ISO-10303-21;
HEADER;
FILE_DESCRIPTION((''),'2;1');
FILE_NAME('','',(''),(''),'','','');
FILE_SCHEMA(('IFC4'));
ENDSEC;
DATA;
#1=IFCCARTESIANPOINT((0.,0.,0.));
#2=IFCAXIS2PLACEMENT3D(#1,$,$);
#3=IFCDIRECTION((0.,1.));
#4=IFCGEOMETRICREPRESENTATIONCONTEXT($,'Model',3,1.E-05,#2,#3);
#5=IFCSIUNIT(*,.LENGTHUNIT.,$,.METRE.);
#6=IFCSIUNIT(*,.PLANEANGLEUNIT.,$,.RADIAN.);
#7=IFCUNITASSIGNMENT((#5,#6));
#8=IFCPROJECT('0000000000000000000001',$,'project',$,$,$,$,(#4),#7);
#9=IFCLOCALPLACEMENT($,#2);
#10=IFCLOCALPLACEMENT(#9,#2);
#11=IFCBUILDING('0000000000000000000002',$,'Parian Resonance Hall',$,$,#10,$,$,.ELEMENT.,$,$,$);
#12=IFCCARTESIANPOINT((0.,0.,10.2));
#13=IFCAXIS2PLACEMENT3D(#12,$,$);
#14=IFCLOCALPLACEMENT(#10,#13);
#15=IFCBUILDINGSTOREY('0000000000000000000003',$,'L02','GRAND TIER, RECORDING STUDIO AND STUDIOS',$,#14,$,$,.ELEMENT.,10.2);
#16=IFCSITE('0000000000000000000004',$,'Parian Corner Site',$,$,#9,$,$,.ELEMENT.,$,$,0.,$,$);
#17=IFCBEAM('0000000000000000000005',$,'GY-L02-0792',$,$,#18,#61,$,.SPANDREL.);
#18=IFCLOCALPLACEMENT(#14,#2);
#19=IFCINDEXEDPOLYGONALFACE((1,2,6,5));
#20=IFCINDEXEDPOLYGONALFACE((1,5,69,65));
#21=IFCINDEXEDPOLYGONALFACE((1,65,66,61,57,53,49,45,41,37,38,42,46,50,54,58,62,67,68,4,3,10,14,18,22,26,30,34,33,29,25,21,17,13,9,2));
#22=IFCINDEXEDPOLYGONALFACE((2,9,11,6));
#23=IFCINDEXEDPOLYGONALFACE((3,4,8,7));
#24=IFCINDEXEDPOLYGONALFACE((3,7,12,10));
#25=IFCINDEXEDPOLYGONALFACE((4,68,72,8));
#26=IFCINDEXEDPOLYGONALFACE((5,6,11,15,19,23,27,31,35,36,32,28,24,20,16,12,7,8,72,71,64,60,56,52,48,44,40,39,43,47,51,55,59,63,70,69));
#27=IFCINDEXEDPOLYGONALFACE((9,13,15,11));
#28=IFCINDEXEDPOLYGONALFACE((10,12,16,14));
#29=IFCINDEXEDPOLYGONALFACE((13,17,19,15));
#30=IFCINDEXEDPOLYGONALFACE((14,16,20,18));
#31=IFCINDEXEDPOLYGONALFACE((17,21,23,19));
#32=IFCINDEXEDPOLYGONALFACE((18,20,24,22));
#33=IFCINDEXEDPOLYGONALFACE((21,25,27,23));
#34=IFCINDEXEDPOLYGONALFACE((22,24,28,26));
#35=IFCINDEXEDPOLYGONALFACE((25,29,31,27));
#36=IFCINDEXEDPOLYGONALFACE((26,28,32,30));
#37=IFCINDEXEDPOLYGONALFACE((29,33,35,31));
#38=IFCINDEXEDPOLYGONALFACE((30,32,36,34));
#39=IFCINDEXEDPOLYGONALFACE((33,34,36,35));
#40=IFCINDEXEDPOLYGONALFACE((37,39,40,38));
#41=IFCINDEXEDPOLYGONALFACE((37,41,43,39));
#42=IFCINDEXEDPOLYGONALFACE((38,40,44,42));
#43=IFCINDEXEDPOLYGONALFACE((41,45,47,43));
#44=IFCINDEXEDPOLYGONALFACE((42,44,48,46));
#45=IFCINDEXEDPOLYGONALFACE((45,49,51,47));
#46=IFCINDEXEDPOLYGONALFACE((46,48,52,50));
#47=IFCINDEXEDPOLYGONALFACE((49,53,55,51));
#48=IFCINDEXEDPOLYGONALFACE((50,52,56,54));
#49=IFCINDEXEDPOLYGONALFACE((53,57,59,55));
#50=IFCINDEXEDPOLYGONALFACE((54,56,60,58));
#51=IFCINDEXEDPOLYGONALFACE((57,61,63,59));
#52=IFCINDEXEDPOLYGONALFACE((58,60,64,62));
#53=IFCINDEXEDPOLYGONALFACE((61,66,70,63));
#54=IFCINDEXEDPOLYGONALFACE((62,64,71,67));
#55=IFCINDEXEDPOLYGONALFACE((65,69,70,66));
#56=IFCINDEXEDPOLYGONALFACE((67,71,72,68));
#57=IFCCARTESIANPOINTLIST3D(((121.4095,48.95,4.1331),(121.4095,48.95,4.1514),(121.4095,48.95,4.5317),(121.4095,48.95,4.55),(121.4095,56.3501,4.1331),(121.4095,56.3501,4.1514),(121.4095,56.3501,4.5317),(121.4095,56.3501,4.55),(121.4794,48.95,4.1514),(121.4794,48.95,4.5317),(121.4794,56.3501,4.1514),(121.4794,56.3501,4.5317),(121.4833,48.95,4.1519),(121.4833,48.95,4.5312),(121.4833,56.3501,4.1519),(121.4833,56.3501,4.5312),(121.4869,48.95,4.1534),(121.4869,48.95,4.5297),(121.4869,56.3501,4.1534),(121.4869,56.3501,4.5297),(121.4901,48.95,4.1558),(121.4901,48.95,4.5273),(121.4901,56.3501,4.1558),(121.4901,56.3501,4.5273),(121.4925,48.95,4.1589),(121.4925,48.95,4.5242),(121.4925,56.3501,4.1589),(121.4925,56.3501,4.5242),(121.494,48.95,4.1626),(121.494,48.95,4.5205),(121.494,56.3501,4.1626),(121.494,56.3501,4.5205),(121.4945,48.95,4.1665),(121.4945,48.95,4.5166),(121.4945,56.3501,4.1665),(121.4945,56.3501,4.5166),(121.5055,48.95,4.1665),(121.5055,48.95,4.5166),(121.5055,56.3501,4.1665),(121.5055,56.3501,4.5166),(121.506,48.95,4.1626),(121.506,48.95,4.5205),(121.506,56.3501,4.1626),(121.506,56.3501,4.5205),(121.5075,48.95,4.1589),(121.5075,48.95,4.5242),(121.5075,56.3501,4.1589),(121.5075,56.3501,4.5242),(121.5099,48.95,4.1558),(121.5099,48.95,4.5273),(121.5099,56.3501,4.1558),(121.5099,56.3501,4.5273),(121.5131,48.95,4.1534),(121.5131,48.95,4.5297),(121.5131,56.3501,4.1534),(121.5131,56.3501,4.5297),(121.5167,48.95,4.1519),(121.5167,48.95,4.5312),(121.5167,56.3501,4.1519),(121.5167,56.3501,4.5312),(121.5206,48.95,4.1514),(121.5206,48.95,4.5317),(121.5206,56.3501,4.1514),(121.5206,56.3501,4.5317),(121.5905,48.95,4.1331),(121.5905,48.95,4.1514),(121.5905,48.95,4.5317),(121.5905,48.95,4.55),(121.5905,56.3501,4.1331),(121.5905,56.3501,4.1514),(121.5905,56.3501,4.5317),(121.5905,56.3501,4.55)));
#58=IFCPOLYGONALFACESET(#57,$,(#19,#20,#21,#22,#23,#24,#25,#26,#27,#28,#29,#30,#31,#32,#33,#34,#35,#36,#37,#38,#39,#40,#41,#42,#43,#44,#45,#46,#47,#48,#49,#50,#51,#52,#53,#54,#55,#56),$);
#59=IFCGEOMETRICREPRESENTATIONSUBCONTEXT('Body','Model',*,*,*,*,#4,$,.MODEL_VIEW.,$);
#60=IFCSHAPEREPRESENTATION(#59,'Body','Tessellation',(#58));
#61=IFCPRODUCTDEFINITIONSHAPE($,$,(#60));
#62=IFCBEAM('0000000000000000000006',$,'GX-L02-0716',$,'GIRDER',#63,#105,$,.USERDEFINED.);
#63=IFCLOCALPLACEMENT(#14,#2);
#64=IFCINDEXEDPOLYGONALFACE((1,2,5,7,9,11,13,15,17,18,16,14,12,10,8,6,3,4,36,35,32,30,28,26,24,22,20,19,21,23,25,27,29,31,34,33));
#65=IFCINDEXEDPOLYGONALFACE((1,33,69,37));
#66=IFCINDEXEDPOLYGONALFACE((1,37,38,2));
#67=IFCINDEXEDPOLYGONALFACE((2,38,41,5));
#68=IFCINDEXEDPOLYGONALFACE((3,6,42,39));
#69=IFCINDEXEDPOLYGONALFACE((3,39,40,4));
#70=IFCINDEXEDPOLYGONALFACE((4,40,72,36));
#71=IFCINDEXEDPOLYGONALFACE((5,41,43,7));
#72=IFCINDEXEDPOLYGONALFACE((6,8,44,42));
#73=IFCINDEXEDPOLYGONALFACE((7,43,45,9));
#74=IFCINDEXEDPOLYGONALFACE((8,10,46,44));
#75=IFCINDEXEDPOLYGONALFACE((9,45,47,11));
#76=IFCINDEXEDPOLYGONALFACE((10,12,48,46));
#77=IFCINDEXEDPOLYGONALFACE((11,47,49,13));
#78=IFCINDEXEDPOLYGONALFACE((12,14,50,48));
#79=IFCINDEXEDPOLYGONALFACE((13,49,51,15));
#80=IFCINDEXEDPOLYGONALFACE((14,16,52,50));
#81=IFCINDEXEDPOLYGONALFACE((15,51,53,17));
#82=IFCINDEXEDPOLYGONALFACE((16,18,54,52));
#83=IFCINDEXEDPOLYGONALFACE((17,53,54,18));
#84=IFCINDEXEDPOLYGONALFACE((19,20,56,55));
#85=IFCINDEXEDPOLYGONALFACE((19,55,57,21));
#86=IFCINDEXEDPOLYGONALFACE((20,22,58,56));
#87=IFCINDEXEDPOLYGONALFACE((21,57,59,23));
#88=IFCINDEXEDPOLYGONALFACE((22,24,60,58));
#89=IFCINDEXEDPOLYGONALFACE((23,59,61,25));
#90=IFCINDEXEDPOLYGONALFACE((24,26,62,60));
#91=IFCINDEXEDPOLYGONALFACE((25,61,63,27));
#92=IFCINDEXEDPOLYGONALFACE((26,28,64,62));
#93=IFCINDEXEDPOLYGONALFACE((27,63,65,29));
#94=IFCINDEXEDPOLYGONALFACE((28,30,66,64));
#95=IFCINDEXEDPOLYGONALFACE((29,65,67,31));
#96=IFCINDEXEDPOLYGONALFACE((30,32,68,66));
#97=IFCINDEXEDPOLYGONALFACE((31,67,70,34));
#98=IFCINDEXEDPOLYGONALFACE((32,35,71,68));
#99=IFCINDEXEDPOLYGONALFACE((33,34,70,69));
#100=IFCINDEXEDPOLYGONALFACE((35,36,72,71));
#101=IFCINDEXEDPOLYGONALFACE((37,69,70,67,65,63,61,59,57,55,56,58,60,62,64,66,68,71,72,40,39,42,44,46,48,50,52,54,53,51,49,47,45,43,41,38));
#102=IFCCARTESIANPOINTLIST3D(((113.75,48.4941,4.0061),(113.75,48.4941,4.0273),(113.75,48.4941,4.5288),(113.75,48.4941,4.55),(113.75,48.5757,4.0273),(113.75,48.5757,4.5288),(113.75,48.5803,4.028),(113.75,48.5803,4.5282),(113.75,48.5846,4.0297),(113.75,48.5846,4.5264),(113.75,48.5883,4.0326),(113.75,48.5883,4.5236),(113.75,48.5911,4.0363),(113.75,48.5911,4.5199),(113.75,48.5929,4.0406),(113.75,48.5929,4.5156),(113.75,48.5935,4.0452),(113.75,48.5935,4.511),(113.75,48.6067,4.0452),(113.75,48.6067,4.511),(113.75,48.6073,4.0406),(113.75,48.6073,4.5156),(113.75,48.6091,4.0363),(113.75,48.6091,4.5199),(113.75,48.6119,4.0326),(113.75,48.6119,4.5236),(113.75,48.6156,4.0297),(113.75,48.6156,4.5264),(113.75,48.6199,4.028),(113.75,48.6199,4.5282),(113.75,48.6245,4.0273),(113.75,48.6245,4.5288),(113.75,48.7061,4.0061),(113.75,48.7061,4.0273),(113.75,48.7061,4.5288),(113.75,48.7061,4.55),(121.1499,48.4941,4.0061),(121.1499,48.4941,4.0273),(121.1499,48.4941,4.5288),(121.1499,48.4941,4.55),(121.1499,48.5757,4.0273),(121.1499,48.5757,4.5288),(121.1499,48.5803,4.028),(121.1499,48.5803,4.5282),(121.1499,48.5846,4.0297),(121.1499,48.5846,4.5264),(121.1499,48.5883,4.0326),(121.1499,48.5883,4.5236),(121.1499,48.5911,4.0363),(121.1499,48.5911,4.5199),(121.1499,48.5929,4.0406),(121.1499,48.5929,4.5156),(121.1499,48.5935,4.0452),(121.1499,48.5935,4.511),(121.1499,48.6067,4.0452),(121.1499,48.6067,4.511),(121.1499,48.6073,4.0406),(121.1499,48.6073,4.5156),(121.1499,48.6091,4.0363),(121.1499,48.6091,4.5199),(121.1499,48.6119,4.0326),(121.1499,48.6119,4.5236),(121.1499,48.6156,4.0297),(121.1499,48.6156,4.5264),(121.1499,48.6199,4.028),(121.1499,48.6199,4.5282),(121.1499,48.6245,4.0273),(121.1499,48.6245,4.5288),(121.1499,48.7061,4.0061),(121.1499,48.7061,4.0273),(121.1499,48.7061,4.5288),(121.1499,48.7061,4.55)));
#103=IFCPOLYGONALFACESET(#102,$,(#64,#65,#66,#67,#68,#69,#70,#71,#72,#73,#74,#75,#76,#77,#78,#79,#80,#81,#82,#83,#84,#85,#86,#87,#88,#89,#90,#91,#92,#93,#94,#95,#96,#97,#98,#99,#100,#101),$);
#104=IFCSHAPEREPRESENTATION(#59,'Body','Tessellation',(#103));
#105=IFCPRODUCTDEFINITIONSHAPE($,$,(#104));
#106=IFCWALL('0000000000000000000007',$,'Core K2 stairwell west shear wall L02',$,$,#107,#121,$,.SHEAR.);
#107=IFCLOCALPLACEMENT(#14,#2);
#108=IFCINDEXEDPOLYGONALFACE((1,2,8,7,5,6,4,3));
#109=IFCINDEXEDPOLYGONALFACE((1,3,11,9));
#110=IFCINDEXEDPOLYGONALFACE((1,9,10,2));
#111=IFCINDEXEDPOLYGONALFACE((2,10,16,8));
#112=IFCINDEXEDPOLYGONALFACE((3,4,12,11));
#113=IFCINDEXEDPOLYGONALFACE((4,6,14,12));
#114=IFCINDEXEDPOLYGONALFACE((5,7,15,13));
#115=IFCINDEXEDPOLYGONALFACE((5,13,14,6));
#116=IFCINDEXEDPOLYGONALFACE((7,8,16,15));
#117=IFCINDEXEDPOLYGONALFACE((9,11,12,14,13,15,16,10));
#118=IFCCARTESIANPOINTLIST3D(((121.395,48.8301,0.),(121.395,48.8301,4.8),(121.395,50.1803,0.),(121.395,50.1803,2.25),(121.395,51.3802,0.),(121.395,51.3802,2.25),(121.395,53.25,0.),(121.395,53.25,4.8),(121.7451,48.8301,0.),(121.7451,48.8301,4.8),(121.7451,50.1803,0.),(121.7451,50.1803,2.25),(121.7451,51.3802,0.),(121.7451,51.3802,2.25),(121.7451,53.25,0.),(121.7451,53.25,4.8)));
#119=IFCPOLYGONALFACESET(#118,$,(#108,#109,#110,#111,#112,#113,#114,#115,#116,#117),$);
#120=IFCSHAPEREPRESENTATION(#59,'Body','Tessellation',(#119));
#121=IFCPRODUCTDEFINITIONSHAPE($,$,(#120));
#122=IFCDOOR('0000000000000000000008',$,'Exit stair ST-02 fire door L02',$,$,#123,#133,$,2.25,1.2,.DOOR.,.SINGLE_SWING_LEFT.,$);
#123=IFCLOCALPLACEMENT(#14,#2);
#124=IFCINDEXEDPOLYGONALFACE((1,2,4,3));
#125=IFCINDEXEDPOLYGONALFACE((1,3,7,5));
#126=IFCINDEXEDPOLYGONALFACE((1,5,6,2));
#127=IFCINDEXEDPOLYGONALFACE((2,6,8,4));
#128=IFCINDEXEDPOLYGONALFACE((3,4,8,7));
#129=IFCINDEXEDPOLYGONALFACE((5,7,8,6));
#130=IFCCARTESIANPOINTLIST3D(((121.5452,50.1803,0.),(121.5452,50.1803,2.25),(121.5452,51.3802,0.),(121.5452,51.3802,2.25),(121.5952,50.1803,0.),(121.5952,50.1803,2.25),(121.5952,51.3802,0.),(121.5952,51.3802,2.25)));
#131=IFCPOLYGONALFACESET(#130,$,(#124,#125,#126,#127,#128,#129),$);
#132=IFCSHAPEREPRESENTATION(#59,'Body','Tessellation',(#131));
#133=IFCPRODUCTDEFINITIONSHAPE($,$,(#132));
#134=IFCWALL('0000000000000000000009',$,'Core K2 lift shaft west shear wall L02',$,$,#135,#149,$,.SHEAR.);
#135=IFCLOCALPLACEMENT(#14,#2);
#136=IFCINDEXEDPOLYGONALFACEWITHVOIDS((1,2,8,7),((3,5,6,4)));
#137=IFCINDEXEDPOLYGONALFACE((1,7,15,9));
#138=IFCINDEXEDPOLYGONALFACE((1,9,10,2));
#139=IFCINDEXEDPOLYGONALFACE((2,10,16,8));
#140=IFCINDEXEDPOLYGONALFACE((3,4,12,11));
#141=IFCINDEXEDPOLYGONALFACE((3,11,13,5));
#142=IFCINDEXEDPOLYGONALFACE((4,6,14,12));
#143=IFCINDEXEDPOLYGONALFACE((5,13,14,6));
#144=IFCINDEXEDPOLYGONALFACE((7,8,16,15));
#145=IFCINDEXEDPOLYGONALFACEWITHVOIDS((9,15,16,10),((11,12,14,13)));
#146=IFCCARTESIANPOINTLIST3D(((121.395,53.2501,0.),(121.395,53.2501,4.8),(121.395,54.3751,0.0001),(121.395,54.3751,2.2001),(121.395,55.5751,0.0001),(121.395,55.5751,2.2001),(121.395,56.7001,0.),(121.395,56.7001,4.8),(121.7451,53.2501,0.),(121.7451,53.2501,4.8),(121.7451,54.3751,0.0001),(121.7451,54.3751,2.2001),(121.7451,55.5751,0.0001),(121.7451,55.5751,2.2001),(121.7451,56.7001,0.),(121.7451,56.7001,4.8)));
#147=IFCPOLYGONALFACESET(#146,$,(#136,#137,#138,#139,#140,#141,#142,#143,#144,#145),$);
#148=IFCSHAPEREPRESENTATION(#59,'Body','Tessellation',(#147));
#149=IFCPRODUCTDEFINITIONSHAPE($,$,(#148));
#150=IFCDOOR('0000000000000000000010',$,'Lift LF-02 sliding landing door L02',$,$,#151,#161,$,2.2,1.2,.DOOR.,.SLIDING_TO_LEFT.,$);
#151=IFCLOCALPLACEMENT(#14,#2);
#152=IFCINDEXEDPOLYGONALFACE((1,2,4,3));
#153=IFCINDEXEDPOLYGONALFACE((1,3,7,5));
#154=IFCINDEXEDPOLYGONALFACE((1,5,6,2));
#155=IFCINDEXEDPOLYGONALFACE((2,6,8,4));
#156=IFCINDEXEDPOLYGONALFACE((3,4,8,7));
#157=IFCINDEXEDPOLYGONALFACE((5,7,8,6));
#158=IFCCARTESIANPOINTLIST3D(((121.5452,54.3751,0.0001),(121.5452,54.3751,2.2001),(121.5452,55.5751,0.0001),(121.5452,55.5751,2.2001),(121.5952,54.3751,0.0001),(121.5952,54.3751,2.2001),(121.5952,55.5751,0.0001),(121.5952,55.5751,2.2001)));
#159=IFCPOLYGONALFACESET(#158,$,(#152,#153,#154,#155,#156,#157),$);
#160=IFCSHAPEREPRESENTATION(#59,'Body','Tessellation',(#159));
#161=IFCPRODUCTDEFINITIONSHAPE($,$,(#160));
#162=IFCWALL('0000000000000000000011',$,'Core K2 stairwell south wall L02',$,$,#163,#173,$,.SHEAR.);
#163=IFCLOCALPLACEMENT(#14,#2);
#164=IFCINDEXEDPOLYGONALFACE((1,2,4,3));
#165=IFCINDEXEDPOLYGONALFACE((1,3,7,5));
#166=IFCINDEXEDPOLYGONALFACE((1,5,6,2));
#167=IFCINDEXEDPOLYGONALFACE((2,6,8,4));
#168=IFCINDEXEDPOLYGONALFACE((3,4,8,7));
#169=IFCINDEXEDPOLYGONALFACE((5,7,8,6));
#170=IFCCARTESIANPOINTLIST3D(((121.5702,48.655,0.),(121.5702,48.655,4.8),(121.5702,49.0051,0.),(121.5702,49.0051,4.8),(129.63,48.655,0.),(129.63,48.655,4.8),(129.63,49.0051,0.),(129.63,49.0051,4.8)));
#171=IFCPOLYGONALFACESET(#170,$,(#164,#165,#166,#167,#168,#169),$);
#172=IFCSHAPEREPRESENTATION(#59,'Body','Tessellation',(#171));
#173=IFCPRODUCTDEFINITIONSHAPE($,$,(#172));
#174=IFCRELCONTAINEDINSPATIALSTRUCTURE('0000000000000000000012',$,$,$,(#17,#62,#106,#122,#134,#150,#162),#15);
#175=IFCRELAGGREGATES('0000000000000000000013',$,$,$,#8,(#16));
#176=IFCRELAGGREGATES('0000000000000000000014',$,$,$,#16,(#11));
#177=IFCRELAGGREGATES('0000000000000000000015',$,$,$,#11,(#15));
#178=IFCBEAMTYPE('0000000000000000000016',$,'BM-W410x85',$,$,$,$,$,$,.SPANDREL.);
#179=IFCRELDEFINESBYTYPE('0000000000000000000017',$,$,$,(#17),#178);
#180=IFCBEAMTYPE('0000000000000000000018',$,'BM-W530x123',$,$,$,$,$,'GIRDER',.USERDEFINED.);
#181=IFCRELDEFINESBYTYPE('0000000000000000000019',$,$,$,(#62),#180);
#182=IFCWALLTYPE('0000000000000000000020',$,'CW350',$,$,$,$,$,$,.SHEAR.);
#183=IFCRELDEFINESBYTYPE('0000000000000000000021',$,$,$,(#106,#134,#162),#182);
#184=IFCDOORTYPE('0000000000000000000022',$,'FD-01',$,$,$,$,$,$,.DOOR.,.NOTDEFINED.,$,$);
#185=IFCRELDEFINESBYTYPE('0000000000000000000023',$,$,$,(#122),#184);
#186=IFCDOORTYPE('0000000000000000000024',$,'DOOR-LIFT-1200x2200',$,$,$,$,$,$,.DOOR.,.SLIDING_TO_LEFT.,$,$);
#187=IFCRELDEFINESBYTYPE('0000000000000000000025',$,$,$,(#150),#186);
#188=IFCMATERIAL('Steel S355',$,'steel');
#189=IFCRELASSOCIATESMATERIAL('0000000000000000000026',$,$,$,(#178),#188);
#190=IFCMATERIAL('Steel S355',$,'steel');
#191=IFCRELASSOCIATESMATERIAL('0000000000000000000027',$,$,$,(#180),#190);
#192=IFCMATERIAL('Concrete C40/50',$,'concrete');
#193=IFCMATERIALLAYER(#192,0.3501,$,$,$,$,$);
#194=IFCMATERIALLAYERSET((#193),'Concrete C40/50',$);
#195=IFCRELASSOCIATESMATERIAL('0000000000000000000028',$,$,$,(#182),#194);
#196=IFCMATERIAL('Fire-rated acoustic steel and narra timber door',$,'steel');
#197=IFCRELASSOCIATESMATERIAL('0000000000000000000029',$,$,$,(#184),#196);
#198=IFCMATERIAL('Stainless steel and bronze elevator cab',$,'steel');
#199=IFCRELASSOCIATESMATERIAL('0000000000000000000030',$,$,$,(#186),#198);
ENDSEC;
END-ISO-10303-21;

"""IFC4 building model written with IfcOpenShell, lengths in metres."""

from ifc_helpers import new_model, si_unit, direction, frame, frame_2d, origin, origin_2d, place, context, subcontext, project, spatial, rectangle, i_section, extrude, material, layer, layer_set, material_profile, profile_set, type_object, element, fill, save


model = new_model("IFC4")

# Units and contexts
model_context = context("Model", 3, precision=1e-05, world=origin(), true_north=direction((0.0, 1.0)))
body_context = subcontext(model_context, "Body", "Model", "MODEL_VIEW")
ifc_project = project(units=[si_unit("LENGTHUNIT", "METRE"), si_unit("PLANEANGLEUNIT", "RADIAN")], contexts=[model_context])

# Site, building, storey
site_placement = place(None, origin())
site = spatial("IfcSite", under=ifc_project, at=site_placement, Name="Parian Corner Site", CompositionType="ELEMENT", RefElevation=0.0)
building_placement = place(site_placement, origin())
building = spatial("IfcBuilding", under=site, at=building_placement, Name="Parian Resonance Hall", CompositionType="ELEMENT")
storey_placement = place(building_placement, frame((0.0, 0.0, 10.2)))
storey = spatial("IfcBuildingStorey", under=building, at=storey_placement, Name="L02", Description="GRAND TIER, RECORDING STUDIO AND STUDIOS", CompositionType="ELEMENT", Elevation=10.2)

# Beams
ifc_material_1 = material(Name="Steel S355", Category="steel")
ifc_material_profile_1 = material_profile(ifc_material_1, i_section(OverallWidth=0.1809, OverallDepth=0.417, WebThickness=0.011, FlangeThickness=0.0183, FilletRadius=0.0151, at=origin_2d()), Name="W410x85")
ifc_profile_set_1 = profile_set([ifc_material_profile_1], Name="Steel S355")
beam_type_1 = type_object("IfcBeamType", Name="BM-W410x85", PredefinedType="SPANDREL", material=ifc_profile_set_1)
beam_1_placement = place(storey_placement, frame((121.5, 48.95, 4.3416), z_axis=(0.0, 1.0, 0.0), x_axis=(-1.0, 0.0, 0.0)))
element("IfcBeam", 1, at=beam_1_placement, inside=storey, type_object=beam_type_1, Name="GY-L02-0792", PredefinedType="SPANDREL", context=body_context, shape_type="SweptSolid", body=[
    extrude(i_section(OverallWidth=0.1809, OverallDepth=0.417, WebThickness=0.011, FlangeThickness=0.0183, FilletRadius=0.0151, at=origin_2d()), origin(), (0.0, 0.0, 1.0), 7.4001),
])
ifc_material_2 = material(Name="Steel S355", Category="steel")
ifc_material_profile_2 = material_profile(ifc_material_2, i_section(OverallWidth=0.2119, OverallDepth=0.5439, WebThickness=0.0132, FlangeThickness=0.0212, FilletRadius=0.0178, at=origin_2d()), Name="W530x123")
ifc_profile_set_2 = profile_set([ifc_material_profile_2], Name="Steel S355")
beam_type_2 = type_object("IfcBeamType", Name="BM-W530x123", ElementType="GIRDER", PredefinedType="USERDEFINED", material=ifc_profile_set_2)
beam_2_placement = place(storey_placement, frame((113.75, 48.6001, 4.2781), z_axis=(1.0, 0.0, 0.0), x_axis=(0.0, 1.0, 0.0)))
element("IfcBeam", 2, at=beam_2_placement, inside=storey, type_object=beam_type_2, Name="GX-L02-0716", ObjectType="GIRDER", PredefinedType="USERDEFINED", context=body_context, shape_type="SweptSolid", body=[
    extrude(i_section(OverallWidth=0.2119, OverallDepth=0.5439, WebThickness=0.0132, FlangeThickness=0.0212, FilletRadius=0.0178, at=origin_2d()), origin(), (0.0, 0.0, 1.0), 7.3999),
])

# Walls, openings, doors
ifc_material_3 = material(Name="Concrete C40/50", Category="concrete")
ifc_layer_1 = layer(ifc_material_3, 0.3501)
ifc_layer_set_1 = layer_set([ifc_layer_1], Name="Concrete C40/50")
wall_type_1 = type_object("IfcWallType", Name="CW350", PredefinedType="SHEAR", material=ifc_layer_set_1)
wall_1_placement = place(storey_placement, frame((121.5701, 48.8301, 0.0), z_axis=(0.0, 0.0, 1.0), x_axis=(0.0, 1.0, 0.0)))
wall_1 = element("IfcWall", 3, at=wall_1_placement, inside=storey, type_object=wall_type_1, Name="Core K2 stairwell west shear wall L02", PredefinedType="SHEAR", context=body_context, shape_type="SweptSolid", body=[
    extrude(rectangle(XDim=4.4199, YDim=0.3501, at=frame_2d((2.21, 0.0))), origin(), (0.0, 0.0, 1.0), 4.8),
])
opening_1_placement = place(wall_1_placement, frame((1.3501, 0.0, 0.0)))
opening_1 = element("IfcOpeningElement", 4, at=opening_1_placement, cuts=wall_1, PredefinedType="OPENING", context=body_context, shape_type="SweptSolid", body=[
    extrude(rectangle(XDim=1.2, YDim=2.25, at=frame_2d((0.6001, 1.125))), frame((0.0, 0.1851, 0.0), z_axis=(0.0, -1.0, 0.0), x_axis=(1.0, 0.0, 0.0)), (0.0, 0.0, 1.0), 0.3701),
])
ifc_material_4 = material(Name="Fire-rated acoustic steel and narra timber door", Category="steel")
door_type_1 = type_object("IfcDoorType", Name="FD-01", OperationType="NOTDEFINED", PredefinedType="DOOR", material=ifc_material_4)
door_1_placement = place(opening_1_placement, origin())
door_1 = element("IfcDoor", 5, at=door_1_placement, inside=storey, type_object=door_type_1, Name="Exit stair ST-02 fire door L02", OperationType="SINGLE_SWING_LEFT", OverallHeight=2.25, OverallWidth=1.2, PredefinedType="DOOR", context=body_context, shape_type="SweptSolid", body=[
    extrude(rectangle(XDim=1.2, YDim=2.25, at=frame_2d((0.6001, 1.125))), frame((0.0, 0.0249, 0.0), z_axis=(0.0, -1.0, 0.0), x_axis=(1.0, 0.0, 0.0)), (0.0, 0.0, 1.0), 0.05),
])
fill(opening_1, door_1)
wall_2_placement = place(storey_placement, frame((121.5701, 53.25, 0.0), z_axis=(0.0, 0.0, 1.0), x_axis=(0.0, 1.0, 0.0)))
wall_2 = element("IfcWall", 6, at=wall_2_placement, inside=storey, type_object=wall_type_1, Name="Core K2 lift shaft west shear wall L02", PredefinedType="SHEAR", context=body_context, shape_type="SweptSolid", body=[
    extrude(rectangle(XDim=3.45, YDim=0.3501, at=frame_2d((1.7251, 0.0))), origin(), (0.0, 0.0, 1.0), 4.8),
])
opening_2_placement = place(wall_2_placement, frame((1.125, 0.0, 0.0)))
opening_2 = element("IfcOpeningElement", 7, at=opening_2_placement, cuts=wall_2, PredefinedType="OPENING", context=body_context, shape_type="SweptSolid", body=[
    extrude(rectangle(XDim=1.2, YDim=2.2, at=frame_2d((0.6001, 1.1001))), frame((0.0, 0.1851, 0.0), z_axis=(0.0, -1.0, 0.0), x_axis=(1.0, 0.0, 0.0)), (0.0, 0.0, 1.0), 0.3701),
])
ifc_material_5 = material(Name="Stainless steel and bronze elevator cab", Category="steel")
door_type_2 = type_object("IfcDoorType", Name="DOOR-LIFT-1200x2200", OperationType="SLIDING_TO_LEFT", PredefinedType="DOOR", material=ifc_material_5)
door_2_placement = place(opening_2_placement, origin())
door_2 = element("IfcDoor", 8, at=door_2_placement, inside=storey, type_object=door_type_2, Name="Lift LF-02 sliding landing door L02", OperationType="SLIDING_TO_LEFT", OverallHeight=2.2, OverallWidth=1.2, PredefinedType="DOOR", context=body_context, shape_type="SweptSolid", body=[
    extrude(rectangle(XDim=1.2, YDim=2.2, at=frame_2d((0.6001, 1.1001))), frame((0.0, 0.0249, 0.0), z_axis=(0.0, -1.0, 0.0), x_axis=(1.0, 0.0, 0.0)), (0.0, 0.0, 1.0), 0.05),
])
fill(opening_2, door_2)

# Wall
wall_3_placement = place(storey_placement, frame((129.6299, 48.8301, 0.0), z_axis=(0.0, 0.0, 1.0), x_axis=(-1.0, 0.0, 0.0)))
element("IfcWall", 9, at=wall_3_placement, inside=storey, type_object=wall_type_1, Name="Core K2 stairwell south wall L02", PredefinedType="SHEAR", context=body_context, shape_type="SweptSolid", body=[
    extrude(rectangle(XDim=8.0598, YDim=0.3501, at=frame_2d((4.0298, 0.0))), origin(), (0.0, 0.0, 1.0), 4.8),
])

save(model, "model.ifc")
